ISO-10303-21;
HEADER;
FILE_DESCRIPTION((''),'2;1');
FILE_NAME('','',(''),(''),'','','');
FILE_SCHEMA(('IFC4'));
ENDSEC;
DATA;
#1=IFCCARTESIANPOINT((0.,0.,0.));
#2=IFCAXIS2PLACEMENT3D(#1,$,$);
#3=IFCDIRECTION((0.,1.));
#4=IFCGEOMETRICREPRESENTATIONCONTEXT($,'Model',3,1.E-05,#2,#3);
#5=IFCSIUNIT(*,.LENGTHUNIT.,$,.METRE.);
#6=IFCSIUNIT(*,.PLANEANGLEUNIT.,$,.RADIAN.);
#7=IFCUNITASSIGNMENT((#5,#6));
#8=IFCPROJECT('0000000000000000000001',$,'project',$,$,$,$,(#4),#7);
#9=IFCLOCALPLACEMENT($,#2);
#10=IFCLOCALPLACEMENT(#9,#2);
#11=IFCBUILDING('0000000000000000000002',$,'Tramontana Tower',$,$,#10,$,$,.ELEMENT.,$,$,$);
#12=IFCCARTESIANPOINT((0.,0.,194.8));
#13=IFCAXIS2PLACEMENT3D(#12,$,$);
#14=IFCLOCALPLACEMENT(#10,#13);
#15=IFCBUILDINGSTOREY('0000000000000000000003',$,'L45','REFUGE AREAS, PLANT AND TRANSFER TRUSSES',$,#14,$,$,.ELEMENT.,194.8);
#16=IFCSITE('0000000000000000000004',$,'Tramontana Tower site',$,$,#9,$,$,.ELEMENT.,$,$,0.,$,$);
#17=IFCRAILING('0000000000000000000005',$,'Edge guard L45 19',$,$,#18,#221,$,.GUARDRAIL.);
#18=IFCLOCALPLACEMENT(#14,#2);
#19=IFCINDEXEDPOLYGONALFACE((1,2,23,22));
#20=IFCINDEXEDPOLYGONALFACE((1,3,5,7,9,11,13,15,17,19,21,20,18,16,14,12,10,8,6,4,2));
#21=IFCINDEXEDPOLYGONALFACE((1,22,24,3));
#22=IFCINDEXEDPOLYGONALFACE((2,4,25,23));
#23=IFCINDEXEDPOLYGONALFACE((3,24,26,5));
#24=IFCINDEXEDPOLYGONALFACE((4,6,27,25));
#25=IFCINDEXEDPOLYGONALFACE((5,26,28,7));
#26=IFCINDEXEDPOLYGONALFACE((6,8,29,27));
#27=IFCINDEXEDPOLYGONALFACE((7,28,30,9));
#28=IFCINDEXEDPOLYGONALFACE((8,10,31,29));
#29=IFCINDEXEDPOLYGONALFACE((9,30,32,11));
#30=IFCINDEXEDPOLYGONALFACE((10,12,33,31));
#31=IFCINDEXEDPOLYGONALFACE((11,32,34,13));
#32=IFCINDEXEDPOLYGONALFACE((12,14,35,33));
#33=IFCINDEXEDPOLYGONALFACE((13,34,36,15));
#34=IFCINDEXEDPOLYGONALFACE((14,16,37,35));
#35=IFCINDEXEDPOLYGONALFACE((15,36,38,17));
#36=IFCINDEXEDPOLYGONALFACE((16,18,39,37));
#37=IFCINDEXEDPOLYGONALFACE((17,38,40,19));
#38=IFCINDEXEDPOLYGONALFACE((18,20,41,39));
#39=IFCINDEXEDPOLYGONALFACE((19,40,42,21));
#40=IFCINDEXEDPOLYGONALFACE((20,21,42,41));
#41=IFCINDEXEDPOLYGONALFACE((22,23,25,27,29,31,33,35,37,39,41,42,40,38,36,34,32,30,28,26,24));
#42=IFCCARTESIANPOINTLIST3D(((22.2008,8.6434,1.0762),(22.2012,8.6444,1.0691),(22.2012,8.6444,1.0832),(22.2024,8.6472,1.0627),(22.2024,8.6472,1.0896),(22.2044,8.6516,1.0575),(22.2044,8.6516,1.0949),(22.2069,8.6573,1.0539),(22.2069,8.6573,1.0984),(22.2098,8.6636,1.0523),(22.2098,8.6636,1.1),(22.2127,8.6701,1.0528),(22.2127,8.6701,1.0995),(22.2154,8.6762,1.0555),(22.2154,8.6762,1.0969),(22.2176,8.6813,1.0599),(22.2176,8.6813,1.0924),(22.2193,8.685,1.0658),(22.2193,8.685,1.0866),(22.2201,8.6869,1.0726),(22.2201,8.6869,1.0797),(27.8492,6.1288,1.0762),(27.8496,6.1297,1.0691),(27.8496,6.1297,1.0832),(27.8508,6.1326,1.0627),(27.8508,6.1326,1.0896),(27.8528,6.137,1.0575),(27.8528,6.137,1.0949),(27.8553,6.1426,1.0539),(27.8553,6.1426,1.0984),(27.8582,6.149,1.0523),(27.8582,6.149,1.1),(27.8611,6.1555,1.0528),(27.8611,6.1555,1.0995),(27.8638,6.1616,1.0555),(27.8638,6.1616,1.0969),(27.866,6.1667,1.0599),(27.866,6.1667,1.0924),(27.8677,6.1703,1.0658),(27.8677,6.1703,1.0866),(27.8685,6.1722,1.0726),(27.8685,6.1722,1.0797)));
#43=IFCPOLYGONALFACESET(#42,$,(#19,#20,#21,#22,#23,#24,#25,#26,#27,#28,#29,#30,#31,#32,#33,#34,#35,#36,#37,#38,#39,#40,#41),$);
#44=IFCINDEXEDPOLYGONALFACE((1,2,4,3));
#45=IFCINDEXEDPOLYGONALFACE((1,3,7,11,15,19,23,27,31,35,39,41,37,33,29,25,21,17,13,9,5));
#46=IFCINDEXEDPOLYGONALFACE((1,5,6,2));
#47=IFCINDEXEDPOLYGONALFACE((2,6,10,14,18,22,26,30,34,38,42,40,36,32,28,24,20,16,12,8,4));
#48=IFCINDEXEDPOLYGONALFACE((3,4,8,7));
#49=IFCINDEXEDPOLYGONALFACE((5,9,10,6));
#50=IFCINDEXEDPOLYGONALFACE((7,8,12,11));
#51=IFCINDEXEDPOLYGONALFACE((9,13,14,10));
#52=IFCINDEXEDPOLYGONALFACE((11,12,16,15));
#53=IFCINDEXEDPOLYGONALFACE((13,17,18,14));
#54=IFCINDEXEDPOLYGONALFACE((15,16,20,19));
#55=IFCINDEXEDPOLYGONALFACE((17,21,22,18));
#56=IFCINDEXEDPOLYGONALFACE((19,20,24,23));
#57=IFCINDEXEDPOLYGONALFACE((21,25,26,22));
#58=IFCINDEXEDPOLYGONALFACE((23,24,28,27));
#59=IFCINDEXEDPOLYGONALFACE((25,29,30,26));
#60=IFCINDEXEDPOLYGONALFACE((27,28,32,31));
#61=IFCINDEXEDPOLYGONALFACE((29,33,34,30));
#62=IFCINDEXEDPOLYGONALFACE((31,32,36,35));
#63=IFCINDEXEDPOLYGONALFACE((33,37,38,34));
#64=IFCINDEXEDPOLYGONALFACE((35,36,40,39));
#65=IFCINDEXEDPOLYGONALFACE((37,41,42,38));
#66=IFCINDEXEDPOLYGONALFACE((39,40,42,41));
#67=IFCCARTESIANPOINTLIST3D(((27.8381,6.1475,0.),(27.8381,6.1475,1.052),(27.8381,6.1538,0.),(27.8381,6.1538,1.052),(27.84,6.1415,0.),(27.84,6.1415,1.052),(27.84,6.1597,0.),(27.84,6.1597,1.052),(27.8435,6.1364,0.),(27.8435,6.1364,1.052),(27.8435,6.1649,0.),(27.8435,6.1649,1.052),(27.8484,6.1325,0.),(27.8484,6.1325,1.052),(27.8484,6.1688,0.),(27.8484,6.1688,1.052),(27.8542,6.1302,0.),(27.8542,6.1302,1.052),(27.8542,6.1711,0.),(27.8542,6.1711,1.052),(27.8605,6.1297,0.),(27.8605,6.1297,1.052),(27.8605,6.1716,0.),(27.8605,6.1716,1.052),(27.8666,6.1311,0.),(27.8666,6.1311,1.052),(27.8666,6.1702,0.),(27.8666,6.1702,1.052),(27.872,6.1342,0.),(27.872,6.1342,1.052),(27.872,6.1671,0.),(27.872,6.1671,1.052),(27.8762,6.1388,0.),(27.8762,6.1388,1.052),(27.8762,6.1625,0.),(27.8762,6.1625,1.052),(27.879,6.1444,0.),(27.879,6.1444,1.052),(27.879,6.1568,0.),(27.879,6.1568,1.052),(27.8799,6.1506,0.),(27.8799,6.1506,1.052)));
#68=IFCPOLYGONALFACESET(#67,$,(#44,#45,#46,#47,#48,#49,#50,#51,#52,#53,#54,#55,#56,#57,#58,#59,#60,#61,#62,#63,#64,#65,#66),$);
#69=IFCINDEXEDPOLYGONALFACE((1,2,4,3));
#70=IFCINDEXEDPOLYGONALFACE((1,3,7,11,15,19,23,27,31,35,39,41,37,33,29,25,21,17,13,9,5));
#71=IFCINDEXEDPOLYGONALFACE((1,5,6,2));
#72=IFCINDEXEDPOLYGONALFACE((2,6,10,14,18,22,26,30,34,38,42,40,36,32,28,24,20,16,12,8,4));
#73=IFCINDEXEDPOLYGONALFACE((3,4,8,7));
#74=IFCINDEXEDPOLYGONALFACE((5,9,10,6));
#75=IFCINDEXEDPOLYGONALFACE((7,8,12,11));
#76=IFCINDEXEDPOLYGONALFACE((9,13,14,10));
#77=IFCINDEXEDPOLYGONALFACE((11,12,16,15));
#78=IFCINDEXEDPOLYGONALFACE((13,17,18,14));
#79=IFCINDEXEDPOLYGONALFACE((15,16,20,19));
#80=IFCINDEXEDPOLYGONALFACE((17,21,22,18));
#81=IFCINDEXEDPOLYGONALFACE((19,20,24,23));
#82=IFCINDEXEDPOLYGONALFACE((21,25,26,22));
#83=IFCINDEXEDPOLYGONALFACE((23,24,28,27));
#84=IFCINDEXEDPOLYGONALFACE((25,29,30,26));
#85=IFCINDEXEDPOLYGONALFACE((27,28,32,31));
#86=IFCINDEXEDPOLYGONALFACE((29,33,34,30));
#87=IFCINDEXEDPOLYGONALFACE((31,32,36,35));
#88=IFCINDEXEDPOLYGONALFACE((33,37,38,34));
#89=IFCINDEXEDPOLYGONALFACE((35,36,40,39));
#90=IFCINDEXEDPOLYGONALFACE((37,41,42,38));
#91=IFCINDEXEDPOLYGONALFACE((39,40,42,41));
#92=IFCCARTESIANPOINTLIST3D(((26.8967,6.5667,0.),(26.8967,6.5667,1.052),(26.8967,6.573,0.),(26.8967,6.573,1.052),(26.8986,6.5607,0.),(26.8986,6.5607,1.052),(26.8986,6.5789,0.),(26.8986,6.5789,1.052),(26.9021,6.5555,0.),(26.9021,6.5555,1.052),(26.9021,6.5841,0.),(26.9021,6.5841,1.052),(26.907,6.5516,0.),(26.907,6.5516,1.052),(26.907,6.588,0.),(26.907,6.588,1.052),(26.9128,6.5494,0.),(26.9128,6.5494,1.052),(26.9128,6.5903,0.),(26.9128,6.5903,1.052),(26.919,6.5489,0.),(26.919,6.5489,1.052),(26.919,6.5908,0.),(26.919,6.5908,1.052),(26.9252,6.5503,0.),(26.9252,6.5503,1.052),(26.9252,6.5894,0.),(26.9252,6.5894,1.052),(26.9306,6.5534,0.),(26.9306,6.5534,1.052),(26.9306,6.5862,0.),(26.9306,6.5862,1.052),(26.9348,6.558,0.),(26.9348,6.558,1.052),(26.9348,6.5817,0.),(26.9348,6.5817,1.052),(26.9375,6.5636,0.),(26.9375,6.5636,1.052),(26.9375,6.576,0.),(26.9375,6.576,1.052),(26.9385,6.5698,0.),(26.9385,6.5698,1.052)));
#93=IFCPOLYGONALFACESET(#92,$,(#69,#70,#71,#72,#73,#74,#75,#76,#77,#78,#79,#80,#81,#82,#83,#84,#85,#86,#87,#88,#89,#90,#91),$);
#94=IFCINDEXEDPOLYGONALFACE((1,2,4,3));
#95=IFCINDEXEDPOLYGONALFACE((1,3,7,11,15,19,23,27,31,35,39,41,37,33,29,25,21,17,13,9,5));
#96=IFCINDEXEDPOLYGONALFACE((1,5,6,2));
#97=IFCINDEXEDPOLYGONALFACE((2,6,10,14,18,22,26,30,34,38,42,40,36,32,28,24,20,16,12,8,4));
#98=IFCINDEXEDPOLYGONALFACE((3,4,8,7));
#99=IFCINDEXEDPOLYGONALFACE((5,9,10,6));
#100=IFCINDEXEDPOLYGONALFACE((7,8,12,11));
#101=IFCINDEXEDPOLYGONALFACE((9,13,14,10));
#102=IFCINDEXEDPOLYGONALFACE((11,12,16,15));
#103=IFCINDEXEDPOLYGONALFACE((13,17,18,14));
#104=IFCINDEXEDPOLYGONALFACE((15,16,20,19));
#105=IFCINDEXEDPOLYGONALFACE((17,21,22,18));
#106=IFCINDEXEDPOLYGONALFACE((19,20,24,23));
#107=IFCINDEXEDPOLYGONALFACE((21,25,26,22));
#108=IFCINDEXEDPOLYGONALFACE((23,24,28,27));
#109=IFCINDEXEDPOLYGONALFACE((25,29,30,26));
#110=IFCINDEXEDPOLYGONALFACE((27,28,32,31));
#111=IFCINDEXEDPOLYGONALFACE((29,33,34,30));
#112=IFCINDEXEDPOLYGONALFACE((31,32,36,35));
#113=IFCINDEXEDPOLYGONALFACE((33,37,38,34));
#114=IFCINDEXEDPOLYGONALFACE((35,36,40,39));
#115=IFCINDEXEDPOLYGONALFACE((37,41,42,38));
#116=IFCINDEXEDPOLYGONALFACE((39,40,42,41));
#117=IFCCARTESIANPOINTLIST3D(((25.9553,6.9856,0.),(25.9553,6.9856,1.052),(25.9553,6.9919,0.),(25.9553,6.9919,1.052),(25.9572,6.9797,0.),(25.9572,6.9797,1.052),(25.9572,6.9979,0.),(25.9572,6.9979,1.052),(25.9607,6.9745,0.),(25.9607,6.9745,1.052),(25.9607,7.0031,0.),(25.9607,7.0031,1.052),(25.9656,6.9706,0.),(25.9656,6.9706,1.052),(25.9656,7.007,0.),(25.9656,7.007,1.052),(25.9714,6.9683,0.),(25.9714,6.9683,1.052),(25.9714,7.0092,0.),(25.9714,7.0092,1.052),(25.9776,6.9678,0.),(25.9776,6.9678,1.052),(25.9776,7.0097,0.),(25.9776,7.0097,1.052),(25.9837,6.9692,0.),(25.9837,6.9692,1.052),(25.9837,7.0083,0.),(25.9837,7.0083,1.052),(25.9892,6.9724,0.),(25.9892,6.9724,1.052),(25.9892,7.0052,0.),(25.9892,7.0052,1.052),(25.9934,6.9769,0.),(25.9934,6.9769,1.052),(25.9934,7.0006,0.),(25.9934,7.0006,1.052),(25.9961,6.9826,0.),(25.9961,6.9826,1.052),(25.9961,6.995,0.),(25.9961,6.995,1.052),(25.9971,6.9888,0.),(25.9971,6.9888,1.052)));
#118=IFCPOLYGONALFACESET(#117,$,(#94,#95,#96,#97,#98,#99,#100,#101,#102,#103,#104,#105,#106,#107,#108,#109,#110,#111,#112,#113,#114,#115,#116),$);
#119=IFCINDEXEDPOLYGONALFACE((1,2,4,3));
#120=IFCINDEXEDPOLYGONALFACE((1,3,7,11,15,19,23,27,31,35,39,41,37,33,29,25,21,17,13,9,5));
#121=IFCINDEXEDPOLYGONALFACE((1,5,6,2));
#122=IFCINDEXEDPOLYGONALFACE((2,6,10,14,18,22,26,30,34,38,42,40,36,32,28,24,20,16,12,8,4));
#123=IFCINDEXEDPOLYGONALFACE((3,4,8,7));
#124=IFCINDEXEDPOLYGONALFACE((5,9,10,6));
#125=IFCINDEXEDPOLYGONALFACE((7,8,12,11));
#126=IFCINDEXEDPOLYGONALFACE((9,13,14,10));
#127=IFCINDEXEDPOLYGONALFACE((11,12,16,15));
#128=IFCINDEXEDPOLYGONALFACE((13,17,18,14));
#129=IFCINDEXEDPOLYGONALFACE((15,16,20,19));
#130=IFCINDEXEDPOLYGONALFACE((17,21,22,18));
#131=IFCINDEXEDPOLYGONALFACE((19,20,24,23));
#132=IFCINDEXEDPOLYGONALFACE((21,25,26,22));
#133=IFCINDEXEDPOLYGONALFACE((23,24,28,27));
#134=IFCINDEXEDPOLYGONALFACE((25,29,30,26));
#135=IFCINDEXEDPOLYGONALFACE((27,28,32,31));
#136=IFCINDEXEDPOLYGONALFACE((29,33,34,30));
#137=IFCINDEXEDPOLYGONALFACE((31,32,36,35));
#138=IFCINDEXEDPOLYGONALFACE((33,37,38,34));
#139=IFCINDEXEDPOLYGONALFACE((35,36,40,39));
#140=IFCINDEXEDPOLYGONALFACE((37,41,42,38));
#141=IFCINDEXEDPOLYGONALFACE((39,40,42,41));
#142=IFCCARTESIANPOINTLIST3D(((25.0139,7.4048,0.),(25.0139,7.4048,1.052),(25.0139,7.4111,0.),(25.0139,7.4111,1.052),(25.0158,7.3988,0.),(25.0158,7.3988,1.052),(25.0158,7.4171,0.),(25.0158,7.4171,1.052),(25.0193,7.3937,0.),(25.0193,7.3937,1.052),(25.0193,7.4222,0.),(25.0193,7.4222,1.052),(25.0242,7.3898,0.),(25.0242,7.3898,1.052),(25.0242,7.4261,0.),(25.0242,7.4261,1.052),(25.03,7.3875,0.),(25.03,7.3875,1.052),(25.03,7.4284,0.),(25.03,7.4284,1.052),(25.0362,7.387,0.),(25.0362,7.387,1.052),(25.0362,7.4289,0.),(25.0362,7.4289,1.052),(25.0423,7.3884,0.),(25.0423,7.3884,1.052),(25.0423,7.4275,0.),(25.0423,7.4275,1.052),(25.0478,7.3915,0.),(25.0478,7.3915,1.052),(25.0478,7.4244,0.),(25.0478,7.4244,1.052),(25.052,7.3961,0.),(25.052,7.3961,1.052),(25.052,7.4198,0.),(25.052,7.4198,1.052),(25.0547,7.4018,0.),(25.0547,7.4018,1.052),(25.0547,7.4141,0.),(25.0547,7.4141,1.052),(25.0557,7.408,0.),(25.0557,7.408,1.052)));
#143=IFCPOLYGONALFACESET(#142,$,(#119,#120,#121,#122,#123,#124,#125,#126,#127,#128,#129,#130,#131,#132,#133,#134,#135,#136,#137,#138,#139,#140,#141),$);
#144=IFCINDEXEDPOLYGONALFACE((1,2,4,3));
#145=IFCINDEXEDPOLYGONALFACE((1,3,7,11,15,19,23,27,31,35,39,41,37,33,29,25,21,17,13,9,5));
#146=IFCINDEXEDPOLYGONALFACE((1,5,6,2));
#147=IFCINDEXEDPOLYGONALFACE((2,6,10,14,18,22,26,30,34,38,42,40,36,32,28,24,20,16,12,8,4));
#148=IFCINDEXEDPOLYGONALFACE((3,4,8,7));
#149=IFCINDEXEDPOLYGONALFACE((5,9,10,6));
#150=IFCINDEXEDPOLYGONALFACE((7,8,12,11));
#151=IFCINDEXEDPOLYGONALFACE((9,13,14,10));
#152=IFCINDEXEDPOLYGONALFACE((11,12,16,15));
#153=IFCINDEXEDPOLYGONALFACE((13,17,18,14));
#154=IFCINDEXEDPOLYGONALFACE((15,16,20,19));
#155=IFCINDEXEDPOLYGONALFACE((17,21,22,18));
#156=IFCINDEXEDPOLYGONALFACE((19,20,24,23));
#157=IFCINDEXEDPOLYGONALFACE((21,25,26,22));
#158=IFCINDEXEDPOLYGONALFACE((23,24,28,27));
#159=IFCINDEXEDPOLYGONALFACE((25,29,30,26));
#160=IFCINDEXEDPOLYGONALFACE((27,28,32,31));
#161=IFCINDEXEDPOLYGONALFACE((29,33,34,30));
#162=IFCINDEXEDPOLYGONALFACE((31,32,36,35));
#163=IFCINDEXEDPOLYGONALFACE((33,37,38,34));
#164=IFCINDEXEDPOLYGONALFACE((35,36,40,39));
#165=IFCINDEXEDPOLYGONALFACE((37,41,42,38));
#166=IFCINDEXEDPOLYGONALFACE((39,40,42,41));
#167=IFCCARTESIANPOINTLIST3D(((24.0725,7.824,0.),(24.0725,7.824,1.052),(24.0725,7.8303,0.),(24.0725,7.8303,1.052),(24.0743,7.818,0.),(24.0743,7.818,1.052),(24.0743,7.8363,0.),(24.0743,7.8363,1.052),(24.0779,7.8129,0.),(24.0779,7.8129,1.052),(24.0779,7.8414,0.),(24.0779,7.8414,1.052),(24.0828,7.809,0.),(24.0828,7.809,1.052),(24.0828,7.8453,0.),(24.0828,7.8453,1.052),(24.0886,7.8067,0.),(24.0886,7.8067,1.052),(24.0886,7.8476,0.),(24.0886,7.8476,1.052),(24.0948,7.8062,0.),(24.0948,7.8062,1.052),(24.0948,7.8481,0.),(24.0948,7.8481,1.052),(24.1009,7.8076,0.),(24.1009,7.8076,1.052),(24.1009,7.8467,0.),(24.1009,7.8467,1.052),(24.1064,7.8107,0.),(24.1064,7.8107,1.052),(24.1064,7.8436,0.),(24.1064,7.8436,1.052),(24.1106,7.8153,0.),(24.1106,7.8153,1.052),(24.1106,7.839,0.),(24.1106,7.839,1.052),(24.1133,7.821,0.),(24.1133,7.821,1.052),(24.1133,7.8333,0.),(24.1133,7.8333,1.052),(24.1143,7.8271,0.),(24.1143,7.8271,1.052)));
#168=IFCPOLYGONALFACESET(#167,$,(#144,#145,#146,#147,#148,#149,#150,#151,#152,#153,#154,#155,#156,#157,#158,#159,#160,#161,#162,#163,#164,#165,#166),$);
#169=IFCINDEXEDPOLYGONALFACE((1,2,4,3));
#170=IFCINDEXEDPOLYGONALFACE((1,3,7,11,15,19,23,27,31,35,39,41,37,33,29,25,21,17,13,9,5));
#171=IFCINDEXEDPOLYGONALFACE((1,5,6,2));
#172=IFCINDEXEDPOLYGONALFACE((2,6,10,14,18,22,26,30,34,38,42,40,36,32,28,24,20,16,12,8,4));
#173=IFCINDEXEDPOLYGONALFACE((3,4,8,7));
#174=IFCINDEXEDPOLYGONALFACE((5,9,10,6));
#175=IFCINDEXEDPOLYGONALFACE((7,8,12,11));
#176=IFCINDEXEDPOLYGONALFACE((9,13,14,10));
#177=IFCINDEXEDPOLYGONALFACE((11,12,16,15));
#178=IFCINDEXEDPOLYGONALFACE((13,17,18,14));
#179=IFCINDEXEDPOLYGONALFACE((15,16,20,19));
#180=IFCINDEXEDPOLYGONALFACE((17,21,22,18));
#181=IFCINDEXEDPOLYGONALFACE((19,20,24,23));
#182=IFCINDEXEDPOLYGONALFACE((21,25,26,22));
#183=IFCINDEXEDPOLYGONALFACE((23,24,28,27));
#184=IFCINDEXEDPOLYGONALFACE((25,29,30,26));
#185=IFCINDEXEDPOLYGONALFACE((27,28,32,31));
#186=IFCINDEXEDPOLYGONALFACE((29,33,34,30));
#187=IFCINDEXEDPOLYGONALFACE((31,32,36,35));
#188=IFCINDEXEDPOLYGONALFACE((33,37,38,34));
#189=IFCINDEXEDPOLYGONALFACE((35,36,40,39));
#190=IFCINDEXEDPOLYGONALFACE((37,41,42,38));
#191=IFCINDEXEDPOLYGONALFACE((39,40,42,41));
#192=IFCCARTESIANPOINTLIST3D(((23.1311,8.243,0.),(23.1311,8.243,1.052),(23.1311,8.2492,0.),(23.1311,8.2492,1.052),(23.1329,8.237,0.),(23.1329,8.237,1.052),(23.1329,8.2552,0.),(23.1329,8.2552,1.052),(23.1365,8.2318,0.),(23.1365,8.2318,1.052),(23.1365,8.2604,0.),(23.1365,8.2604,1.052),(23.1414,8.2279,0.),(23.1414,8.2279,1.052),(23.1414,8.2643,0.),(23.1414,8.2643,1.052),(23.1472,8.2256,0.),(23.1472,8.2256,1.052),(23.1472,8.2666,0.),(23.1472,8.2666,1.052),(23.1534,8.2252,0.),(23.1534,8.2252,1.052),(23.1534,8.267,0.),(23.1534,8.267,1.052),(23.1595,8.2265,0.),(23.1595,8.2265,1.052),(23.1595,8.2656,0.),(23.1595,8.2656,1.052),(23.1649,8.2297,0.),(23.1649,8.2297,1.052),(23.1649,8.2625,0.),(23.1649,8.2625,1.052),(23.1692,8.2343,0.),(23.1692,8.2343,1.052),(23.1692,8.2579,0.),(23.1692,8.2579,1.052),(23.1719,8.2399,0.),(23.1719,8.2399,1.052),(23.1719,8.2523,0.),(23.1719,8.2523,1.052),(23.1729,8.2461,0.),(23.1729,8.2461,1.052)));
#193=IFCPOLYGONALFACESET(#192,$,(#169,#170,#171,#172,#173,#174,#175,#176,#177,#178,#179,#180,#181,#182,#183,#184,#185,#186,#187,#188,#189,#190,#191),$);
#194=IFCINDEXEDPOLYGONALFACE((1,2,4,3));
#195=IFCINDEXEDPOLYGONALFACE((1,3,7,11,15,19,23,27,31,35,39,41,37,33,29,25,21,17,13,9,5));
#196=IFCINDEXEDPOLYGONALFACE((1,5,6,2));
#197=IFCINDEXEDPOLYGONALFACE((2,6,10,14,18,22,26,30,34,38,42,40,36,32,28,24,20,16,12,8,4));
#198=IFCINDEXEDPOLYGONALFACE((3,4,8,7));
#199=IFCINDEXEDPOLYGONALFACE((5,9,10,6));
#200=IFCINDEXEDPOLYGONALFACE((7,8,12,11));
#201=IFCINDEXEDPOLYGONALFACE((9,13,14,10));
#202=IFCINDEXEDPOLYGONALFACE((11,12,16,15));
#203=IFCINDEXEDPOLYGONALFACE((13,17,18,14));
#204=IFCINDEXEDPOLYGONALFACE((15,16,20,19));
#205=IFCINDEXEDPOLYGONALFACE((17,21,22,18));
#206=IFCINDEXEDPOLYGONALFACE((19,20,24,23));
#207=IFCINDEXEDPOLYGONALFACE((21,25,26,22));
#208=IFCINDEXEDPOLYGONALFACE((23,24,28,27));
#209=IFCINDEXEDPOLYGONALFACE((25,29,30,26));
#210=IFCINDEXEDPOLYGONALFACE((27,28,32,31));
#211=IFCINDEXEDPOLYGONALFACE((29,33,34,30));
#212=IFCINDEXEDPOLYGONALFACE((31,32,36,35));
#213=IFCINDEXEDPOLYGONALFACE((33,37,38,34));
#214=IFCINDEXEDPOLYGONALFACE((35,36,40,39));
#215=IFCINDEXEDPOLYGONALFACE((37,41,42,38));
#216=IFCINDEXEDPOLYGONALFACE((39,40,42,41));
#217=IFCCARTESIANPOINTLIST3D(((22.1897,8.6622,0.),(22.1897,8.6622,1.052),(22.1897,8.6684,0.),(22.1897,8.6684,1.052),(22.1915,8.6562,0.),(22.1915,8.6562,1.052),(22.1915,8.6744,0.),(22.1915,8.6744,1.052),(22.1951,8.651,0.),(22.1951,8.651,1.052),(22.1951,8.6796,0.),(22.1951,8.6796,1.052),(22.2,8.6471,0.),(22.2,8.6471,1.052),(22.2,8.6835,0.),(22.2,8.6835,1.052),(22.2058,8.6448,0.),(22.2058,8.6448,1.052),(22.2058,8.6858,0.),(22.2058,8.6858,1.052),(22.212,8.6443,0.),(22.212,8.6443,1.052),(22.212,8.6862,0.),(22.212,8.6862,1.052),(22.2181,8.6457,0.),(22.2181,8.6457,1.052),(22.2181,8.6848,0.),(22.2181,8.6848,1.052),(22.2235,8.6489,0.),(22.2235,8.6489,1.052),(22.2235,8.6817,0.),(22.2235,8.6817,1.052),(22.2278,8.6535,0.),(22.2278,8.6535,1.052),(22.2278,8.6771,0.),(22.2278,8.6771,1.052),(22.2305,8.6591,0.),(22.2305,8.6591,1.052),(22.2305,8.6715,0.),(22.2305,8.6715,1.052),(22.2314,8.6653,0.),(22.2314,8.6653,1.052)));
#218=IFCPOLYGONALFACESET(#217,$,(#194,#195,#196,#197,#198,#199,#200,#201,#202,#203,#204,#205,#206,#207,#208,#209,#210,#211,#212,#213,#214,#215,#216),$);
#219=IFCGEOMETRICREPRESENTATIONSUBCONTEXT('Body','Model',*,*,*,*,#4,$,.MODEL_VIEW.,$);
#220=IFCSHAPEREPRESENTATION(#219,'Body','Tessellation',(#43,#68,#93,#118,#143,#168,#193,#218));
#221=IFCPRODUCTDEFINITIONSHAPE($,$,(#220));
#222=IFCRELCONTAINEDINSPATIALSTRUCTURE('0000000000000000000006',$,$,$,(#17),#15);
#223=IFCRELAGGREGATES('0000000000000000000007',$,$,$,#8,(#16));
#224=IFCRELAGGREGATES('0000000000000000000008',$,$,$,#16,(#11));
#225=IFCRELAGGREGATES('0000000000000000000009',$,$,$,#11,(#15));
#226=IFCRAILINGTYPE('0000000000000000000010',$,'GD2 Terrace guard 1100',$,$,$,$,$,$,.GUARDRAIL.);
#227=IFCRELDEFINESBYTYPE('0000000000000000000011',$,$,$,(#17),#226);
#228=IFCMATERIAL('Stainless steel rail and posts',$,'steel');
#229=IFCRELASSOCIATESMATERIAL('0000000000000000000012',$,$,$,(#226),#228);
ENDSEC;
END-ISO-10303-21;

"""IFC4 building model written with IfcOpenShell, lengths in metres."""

from ifc_helpers import new_model, si_unit, direction, frame, origin, origin_2d, place, context, subcontext, project, spatial, circle, extrude, material, type_object, element, save


model = new_model("IFC4")

# Units and contexts
model_context = context("Model", 3, precision=1e-05, world=origin(), true_north=direction((0.0, 1.0)))
body_context = subcontext(model_context, "Body", "Model", "MODEL_VIEW")
ifc_project = project(units=[si_unit("LENGTHUNIT", "METRE"), si_unit("PLANEANGLEUNIT", "RADIAN")], contexts=[model_context])

# Site, building, storey
site_placement = place(None, origin())
site = spatial("IfcSite", under=ifc_project, at=site_placement, Name="Tramontana Tower site", CompositionType="ELEMENT", RefElevation=0.0)
building_placement = place(site_placement, origin())
building = spatial("IfcBuilding", under=site, at=building_placement, Name="Tramontana Tower", CompositionType="ELEMENT")
storey_placement = place(building_placement, frame((0.0, 0.0, 194.8)))
storey = spatial("IfcBuildingStorey", under=building, at=storey_placement, Name="L45", Description="REFUGE AREAS, PLANT AND TRANSFER TRUSSES", CompositionType="ELEMENT", Elevation=194.8)

# Railing
ifc_material_1 = material(Name="Stainless steel rail and posts", Category="steel")
railing_type = type_object("IfcRailingType", Name="GD2 Terrace guard 1100", PredefinedType="GUARDRAIL", material=ifc_material_1)
railing_1_placement = place(storey_placement, frame((27.8589, 6.1506, 0.0)))
element("IfcRailing", 1, at=railing_1_placement, inside=storey, type_object=railing_type, Name="Edge guard L45 19", PredefinedType="GUARDRAIL", context=body_context, shape_type="SweptSolid", body=[
    extrude(circle(Radius=0.0239, at=origin_2d()), frame((0.0, 0.0, 1.0762), z_axis=(-0.913557, 0.40671, 0.0), x_axis=(-0.40671, -0.913557, 0.0)), (0.0, 0.0, 1.0), 6.1829),
    extrude(circle(Radius=0.021, at=origin_2d()), origin(), (0.0, 0.0, 1.0), 1.052),
    extrude(circle(Radius=0.021, at=origin_2d()), frame((-0.9414, 0.4192, 0.0)), (0.0, 0.0, 1.0), 1.052),
    extrude(circle(Radius=0.021, at=origin_2d()), frame((-1.8828, 0.8381, 0.0)), (0.0, 0.0, 1.0), 1.052),
    extrude(circle(Radius=0.021, at=origin_2d()), frame((-2.8242, 1.2573, 0.0)), (0.0, 0.0, 1.0), 1.052),
    extrude(circle(Radius=0.021, at=origin_2d()), frame((-3.7656, 1.6765, 0.0)), (0.0, 0.0, 1.0), 1.052),
    extrude(circle(Radius=0.021, at=origin_2d()), frame((-4.707, 2.0955, 0.0)), (0.0, 0.0, 1.0), 1.052),
    extrude(circle(Radius=0.021, at=origin_2d()), frame((-5.6484, 2.5146, 0.0)), (0.0, 0.0, 1.0), 1.052),
])

save(model, "model.ifc")
